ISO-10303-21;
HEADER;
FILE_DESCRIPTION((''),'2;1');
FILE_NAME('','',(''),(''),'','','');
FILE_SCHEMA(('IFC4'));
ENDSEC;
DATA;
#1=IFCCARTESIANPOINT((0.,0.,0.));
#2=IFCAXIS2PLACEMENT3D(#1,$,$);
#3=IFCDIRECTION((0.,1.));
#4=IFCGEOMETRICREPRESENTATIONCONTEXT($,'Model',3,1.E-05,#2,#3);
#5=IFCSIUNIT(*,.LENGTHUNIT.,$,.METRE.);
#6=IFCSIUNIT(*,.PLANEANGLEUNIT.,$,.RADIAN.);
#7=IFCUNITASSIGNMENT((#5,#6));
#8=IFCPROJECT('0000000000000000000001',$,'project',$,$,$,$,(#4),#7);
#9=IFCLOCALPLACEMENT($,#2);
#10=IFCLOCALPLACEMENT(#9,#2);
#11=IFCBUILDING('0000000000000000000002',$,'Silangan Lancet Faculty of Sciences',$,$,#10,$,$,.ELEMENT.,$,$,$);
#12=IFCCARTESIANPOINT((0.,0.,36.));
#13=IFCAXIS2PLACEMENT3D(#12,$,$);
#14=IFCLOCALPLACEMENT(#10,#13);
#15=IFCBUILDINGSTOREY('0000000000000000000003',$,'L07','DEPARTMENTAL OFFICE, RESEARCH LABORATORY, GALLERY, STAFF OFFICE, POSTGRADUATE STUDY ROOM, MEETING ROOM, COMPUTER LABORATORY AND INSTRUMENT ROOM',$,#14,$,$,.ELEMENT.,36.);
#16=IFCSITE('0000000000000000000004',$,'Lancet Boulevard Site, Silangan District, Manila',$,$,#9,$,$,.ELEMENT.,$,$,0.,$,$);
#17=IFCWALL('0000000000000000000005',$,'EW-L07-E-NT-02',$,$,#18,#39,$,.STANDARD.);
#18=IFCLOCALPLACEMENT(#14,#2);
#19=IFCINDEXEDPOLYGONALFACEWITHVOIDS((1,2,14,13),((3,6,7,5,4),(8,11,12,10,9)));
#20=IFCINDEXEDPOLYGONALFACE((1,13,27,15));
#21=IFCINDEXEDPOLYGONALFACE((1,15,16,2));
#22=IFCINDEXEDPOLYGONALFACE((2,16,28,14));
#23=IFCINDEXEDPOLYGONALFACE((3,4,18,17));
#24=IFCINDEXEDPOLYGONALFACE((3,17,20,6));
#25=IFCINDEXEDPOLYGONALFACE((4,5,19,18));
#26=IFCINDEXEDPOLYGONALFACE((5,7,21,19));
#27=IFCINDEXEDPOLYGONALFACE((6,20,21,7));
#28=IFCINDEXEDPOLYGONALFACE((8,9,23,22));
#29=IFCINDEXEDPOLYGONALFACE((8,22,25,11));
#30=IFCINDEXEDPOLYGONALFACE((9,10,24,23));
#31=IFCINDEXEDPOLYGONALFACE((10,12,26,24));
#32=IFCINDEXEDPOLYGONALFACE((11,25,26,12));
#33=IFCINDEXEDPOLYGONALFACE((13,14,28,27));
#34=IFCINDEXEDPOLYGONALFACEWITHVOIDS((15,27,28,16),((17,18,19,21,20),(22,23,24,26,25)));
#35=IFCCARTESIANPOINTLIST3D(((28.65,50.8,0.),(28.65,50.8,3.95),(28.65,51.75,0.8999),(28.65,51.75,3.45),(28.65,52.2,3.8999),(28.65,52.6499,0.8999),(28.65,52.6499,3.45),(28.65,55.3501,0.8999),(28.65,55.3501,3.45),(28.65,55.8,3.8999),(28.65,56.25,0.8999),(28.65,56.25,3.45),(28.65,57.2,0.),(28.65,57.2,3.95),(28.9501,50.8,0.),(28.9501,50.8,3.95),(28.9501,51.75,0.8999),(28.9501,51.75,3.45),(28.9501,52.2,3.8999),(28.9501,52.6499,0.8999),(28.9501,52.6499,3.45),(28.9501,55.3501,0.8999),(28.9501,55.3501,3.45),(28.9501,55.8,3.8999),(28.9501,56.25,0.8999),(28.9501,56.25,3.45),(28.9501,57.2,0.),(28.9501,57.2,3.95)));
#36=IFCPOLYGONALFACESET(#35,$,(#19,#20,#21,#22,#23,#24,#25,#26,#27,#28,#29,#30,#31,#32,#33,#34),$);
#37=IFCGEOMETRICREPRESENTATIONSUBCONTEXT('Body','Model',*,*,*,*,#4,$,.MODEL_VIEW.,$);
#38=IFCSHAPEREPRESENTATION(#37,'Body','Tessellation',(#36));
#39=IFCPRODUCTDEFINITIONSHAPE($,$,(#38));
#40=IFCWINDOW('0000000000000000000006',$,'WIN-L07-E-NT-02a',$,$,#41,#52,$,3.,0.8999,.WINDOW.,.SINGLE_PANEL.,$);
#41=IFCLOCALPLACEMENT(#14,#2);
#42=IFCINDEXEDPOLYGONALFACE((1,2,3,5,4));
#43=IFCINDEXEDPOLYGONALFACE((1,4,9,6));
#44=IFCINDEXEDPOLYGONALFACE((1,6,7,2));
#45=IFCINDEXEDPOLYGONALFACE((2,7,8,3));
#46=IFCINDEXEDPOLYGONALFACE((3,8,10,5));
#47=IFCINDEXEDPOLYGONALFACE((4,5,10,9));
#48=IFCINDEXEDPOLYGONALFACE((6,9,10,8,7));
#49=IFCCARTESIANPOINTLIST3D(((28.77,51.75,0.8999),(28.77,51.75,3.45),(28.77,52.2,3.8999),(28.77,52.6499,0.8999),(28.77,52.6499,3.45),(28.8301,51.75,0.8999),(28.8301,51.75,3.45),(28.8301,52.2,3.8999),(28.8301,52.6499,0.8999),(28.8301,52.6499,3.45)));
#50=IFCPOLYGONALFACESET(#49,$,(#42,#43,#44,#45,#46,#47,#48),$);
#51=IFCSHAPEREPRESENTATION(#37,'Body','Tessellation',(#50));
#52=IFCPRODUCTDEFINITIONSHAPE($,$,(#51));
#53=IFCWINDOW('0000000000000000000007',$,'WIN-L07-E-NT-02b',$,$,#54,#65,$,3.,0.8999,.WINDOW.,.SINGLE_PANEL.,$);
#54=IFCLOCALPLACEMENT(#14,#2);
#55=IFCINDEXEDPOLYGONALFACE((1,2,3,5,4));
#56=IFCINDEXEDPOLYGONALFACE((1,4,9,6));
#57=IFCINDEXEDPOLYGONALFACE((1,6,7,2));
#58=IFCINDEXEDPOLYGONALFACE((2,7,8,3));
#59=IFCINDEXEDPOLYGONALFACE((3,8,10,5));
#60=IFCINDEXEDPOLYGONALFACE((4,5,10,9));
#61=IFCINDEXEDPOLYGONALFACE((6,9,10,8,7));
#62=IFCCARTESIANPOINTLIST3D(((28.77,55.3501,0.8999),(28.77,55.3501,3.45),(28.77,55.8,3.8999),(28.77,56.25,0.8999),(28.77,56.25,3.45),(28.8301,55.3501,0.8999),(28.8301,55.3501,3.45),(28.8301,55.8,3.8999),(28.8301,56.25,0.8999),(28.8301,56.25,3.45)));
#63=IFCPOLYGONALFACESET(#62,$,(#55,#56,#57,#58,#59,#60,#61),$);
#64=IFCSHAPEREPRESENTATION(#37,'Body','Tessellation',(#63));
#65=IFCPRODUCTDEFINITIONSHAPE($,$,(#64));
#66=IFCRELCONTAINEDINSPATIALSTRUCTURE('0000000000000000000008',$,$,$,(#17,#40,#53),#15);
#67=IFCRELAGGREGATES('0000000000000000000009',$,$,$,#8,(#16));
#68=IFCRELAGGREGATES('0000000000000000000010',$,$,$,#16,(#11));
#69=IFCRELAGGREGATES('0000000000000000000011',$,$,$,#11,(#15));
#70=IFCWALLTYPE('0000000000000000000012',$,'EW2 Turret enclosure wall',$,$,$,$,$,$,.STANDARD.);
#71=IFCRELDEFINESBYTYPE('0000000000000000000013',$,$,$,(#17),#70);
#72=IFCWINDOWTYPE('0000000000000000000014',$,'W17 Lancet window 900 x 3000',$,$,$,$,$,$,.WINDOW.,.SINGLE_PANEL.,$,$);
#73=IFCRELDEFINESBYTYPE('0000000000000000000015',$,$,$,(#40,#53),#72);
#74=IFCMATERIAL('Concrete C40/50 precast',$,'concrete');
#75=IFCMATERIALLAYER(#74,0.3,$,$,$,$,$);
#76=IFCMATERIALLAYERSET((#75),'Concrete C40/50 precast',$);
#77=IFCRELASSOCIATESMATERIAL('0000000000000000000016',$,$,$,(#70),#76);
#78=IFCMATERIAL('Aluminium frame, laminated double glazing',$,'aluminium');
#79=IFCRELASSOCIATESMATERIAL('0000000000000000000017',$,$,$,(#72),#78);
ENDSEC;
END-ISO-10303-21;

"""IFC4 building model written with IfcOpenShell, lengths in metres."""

from ifc_helpers import new_model, si_unit, direction, frame, frame_2d, origin, place, context, subcontext, project, spatial, polyline, rectangle, outline, extrude, material, layer, layer_set, type_object, element, fill, save


model = new_model("IFC4")

# Units and contexts
model_context = context("Model", 3, precision=1e-05, world=origin(), true_north=direction((0.0, 1.0)))
body_context = subcontext(model_context, "Body", "Model", "MODEL_VIEW")
ifc_project = project(units=[si_unit("LENGTHUNIT", "METRE"), si_unit("PLANEANGLEUNIT", "RADIAN")], contexts=[model_context])

# Site, building, storey
site_placement = place(None, origin())
site = spatial("IfcSite", under=ifc_project, at=site_placement, Name="Lancet Boulevard Site, Silangan District, Manila", CompositionType="ELEMENT", RefElevation=0.0)
building_placement = place(site_placement, origin())
building = spatial("IfcBuilding", under=site, at=building_placement, Name="Silangan Lancet Faculty of Sciences", CompositionType="ELEMENT")
storey_placement = place(building_placement, frame((0.0, 0.0, 36.0)))
storey = spatial("IfcBuildingStorey", under=building, at=storey_placement, Name="L07", Description="DEPARTMENTAL OFFICE, RESEARCH LABORATORY, GALLERY, STAFF OFFICE, POSTGRADUATE STUDY ROOM, MEETING ROOM, COMPUTER LABORATORY AND INSTRUMENT ROOM", CompositionType="ELEMENT", Elevation=36.0)

# Wall, openings, windows
ifc_material_1 = material(Name="Concrete C40/50 precast", Category="concrete")
ifc_layer_1 = layer(ifc_material_1, 0.3)
ifc_layer_set_1 = layer_set([ifc_layer_1], Name="Concrete C40/50 precast")
wall_type_1 = type_object("IfcWallType", Name="EW2 Turret enclosure wall", PredefinedType="STANDARD", material=ifc_layer_set_1)
wall_1_placement = place(storey_placement, frame((28.8, 50.8, 0.0), z_axis=(0.0, 0.0, 1.0), x_axis=(0.0, 1.0, 0.0)))
wall_1 = element("IfcWall", 1, at=wall_1_placement, inside=storey, type_object=wall_type_1, Name="EW-L07-E-NT-02", PredefinedType="STANDARD", context=body_context, shape_type="SweptSolid", body=[
    extrude(rectangle(XDim=6.3999, YDim=0.3, at=frame_2d((3.2, 0.0))), origin(), (0.0, 0.0, 1.0), 3.95),
])
opening_1_placement = place(wall_1_placement, frame((0.95, 0.0, 0.8999)))
opening_1 = element("IfcOpeningElement", 2, at=opening_1_placement, cuts=wall_1, PredefinedType="OPENING", context=body_context, shape_type="SweptSolid", body=[
    extrude(outline(polyline([(0.0, 0.0), (0.8999, 0.0), (0.8999, 2.55), (0.45, 3.0), (0.0, 2.55), (0.0, 0.0)])), frame((0.0, 0.1599, 0.0), z_axis=(0.0, -1.0, 0.0), x_axis=(1.0, 0.0, 0.0)), (0.0, 0.0, 1.0), 0.3201),
])
opening_2_placement = place(wall_1_placement, frame((4.55, 0.0, 0.8999)))
opening_2 = element("IfcOpeningElement", 3, at=opening_2_placement, cuts=wall_1, PredefinedType="OPENING", context=body_context, shape_type="SweptSolid", body=[
    extrude(outline(polyline([(0.0, 0.0), (0.8999, 0.0), (0.8999, 2.55), (0.45, 3.0), (0.0, 2.55), (0.0, 0.0)])), frame((0.0, 0.1599, 0.0), z_axis=(0.0, -1.0, 0.0), x_axis=(1.0, 0.0, 0.0)), (0.0, 0.0, 1.0), 0.3201),
])
ifc_material_2 = material(Name="Aluminium frame, laminated double glazing", Category="aluminium")
window_type_1 = type_object("IfcWindowType", Name="W17 Lancet window 900 x 3000", PartitioningType="SINGLE_PANEL", PredefinedType="WINDOW", material=ifc_material_2)
window_1_placement = place(opening_1_placement, origin())
window_1 = element("IfcWindow", 4, at=window_1_placement, inside=storey, type_object=window_type_1, Name="WIN-L07-E-NT-02a", OverallHeight=3.0, OverallWidth=0.8999, PartitioningType="SINGLE_PANEL", PredefinedType="WINDOW", context=body_context, shape_type="SweptSolid", body=[
    extrude(outline(polyline([(0.0, 0.0), (0.8999, 0.0), (0.8999, 2.55), (0.45, 3.0), (0.0, 2.55), (0.0, 0.0)])), frame((0.0, 0.03, 0.0), z_axis=(0.0, -1.0, 0.0), x_axis=(1.0, 0.0, 0.0)), (0.0, 0.0, 1.0), 0.0601),
])
fill(opening_1, window_1)
window_2_placement = place(opening_2_placement, origin())
window_2 = element("IfcWindow", 5, at=window_2_placement, inside=storey, type_object=window_type_1, Name="WIN-L07-E-NT-02b", OverallHeight=3.0, OverallWidth=0.8999, PartitioningType="SINGLE_PANEL", PredefinedType="WINDOW", context=body_context, shape_type="SweptSolid", body=[
    extrude(outline(polyline([(0.0, 0.0), (0.8999, 0.0), (0.8999, 2.55), (0.45, 3.0), (0.0, 2.55), (0.0, 0.0)])), frame((0.0, 0.03, 0.0), z_axis=(0.0, -1.0, 0.0), x_axis=(1.0, 0.0, 0.0)), (0.0, 0.0, 1.0), 0.0601),
])
fill(opening_2, window_2)

save(model, "model.ifc")
